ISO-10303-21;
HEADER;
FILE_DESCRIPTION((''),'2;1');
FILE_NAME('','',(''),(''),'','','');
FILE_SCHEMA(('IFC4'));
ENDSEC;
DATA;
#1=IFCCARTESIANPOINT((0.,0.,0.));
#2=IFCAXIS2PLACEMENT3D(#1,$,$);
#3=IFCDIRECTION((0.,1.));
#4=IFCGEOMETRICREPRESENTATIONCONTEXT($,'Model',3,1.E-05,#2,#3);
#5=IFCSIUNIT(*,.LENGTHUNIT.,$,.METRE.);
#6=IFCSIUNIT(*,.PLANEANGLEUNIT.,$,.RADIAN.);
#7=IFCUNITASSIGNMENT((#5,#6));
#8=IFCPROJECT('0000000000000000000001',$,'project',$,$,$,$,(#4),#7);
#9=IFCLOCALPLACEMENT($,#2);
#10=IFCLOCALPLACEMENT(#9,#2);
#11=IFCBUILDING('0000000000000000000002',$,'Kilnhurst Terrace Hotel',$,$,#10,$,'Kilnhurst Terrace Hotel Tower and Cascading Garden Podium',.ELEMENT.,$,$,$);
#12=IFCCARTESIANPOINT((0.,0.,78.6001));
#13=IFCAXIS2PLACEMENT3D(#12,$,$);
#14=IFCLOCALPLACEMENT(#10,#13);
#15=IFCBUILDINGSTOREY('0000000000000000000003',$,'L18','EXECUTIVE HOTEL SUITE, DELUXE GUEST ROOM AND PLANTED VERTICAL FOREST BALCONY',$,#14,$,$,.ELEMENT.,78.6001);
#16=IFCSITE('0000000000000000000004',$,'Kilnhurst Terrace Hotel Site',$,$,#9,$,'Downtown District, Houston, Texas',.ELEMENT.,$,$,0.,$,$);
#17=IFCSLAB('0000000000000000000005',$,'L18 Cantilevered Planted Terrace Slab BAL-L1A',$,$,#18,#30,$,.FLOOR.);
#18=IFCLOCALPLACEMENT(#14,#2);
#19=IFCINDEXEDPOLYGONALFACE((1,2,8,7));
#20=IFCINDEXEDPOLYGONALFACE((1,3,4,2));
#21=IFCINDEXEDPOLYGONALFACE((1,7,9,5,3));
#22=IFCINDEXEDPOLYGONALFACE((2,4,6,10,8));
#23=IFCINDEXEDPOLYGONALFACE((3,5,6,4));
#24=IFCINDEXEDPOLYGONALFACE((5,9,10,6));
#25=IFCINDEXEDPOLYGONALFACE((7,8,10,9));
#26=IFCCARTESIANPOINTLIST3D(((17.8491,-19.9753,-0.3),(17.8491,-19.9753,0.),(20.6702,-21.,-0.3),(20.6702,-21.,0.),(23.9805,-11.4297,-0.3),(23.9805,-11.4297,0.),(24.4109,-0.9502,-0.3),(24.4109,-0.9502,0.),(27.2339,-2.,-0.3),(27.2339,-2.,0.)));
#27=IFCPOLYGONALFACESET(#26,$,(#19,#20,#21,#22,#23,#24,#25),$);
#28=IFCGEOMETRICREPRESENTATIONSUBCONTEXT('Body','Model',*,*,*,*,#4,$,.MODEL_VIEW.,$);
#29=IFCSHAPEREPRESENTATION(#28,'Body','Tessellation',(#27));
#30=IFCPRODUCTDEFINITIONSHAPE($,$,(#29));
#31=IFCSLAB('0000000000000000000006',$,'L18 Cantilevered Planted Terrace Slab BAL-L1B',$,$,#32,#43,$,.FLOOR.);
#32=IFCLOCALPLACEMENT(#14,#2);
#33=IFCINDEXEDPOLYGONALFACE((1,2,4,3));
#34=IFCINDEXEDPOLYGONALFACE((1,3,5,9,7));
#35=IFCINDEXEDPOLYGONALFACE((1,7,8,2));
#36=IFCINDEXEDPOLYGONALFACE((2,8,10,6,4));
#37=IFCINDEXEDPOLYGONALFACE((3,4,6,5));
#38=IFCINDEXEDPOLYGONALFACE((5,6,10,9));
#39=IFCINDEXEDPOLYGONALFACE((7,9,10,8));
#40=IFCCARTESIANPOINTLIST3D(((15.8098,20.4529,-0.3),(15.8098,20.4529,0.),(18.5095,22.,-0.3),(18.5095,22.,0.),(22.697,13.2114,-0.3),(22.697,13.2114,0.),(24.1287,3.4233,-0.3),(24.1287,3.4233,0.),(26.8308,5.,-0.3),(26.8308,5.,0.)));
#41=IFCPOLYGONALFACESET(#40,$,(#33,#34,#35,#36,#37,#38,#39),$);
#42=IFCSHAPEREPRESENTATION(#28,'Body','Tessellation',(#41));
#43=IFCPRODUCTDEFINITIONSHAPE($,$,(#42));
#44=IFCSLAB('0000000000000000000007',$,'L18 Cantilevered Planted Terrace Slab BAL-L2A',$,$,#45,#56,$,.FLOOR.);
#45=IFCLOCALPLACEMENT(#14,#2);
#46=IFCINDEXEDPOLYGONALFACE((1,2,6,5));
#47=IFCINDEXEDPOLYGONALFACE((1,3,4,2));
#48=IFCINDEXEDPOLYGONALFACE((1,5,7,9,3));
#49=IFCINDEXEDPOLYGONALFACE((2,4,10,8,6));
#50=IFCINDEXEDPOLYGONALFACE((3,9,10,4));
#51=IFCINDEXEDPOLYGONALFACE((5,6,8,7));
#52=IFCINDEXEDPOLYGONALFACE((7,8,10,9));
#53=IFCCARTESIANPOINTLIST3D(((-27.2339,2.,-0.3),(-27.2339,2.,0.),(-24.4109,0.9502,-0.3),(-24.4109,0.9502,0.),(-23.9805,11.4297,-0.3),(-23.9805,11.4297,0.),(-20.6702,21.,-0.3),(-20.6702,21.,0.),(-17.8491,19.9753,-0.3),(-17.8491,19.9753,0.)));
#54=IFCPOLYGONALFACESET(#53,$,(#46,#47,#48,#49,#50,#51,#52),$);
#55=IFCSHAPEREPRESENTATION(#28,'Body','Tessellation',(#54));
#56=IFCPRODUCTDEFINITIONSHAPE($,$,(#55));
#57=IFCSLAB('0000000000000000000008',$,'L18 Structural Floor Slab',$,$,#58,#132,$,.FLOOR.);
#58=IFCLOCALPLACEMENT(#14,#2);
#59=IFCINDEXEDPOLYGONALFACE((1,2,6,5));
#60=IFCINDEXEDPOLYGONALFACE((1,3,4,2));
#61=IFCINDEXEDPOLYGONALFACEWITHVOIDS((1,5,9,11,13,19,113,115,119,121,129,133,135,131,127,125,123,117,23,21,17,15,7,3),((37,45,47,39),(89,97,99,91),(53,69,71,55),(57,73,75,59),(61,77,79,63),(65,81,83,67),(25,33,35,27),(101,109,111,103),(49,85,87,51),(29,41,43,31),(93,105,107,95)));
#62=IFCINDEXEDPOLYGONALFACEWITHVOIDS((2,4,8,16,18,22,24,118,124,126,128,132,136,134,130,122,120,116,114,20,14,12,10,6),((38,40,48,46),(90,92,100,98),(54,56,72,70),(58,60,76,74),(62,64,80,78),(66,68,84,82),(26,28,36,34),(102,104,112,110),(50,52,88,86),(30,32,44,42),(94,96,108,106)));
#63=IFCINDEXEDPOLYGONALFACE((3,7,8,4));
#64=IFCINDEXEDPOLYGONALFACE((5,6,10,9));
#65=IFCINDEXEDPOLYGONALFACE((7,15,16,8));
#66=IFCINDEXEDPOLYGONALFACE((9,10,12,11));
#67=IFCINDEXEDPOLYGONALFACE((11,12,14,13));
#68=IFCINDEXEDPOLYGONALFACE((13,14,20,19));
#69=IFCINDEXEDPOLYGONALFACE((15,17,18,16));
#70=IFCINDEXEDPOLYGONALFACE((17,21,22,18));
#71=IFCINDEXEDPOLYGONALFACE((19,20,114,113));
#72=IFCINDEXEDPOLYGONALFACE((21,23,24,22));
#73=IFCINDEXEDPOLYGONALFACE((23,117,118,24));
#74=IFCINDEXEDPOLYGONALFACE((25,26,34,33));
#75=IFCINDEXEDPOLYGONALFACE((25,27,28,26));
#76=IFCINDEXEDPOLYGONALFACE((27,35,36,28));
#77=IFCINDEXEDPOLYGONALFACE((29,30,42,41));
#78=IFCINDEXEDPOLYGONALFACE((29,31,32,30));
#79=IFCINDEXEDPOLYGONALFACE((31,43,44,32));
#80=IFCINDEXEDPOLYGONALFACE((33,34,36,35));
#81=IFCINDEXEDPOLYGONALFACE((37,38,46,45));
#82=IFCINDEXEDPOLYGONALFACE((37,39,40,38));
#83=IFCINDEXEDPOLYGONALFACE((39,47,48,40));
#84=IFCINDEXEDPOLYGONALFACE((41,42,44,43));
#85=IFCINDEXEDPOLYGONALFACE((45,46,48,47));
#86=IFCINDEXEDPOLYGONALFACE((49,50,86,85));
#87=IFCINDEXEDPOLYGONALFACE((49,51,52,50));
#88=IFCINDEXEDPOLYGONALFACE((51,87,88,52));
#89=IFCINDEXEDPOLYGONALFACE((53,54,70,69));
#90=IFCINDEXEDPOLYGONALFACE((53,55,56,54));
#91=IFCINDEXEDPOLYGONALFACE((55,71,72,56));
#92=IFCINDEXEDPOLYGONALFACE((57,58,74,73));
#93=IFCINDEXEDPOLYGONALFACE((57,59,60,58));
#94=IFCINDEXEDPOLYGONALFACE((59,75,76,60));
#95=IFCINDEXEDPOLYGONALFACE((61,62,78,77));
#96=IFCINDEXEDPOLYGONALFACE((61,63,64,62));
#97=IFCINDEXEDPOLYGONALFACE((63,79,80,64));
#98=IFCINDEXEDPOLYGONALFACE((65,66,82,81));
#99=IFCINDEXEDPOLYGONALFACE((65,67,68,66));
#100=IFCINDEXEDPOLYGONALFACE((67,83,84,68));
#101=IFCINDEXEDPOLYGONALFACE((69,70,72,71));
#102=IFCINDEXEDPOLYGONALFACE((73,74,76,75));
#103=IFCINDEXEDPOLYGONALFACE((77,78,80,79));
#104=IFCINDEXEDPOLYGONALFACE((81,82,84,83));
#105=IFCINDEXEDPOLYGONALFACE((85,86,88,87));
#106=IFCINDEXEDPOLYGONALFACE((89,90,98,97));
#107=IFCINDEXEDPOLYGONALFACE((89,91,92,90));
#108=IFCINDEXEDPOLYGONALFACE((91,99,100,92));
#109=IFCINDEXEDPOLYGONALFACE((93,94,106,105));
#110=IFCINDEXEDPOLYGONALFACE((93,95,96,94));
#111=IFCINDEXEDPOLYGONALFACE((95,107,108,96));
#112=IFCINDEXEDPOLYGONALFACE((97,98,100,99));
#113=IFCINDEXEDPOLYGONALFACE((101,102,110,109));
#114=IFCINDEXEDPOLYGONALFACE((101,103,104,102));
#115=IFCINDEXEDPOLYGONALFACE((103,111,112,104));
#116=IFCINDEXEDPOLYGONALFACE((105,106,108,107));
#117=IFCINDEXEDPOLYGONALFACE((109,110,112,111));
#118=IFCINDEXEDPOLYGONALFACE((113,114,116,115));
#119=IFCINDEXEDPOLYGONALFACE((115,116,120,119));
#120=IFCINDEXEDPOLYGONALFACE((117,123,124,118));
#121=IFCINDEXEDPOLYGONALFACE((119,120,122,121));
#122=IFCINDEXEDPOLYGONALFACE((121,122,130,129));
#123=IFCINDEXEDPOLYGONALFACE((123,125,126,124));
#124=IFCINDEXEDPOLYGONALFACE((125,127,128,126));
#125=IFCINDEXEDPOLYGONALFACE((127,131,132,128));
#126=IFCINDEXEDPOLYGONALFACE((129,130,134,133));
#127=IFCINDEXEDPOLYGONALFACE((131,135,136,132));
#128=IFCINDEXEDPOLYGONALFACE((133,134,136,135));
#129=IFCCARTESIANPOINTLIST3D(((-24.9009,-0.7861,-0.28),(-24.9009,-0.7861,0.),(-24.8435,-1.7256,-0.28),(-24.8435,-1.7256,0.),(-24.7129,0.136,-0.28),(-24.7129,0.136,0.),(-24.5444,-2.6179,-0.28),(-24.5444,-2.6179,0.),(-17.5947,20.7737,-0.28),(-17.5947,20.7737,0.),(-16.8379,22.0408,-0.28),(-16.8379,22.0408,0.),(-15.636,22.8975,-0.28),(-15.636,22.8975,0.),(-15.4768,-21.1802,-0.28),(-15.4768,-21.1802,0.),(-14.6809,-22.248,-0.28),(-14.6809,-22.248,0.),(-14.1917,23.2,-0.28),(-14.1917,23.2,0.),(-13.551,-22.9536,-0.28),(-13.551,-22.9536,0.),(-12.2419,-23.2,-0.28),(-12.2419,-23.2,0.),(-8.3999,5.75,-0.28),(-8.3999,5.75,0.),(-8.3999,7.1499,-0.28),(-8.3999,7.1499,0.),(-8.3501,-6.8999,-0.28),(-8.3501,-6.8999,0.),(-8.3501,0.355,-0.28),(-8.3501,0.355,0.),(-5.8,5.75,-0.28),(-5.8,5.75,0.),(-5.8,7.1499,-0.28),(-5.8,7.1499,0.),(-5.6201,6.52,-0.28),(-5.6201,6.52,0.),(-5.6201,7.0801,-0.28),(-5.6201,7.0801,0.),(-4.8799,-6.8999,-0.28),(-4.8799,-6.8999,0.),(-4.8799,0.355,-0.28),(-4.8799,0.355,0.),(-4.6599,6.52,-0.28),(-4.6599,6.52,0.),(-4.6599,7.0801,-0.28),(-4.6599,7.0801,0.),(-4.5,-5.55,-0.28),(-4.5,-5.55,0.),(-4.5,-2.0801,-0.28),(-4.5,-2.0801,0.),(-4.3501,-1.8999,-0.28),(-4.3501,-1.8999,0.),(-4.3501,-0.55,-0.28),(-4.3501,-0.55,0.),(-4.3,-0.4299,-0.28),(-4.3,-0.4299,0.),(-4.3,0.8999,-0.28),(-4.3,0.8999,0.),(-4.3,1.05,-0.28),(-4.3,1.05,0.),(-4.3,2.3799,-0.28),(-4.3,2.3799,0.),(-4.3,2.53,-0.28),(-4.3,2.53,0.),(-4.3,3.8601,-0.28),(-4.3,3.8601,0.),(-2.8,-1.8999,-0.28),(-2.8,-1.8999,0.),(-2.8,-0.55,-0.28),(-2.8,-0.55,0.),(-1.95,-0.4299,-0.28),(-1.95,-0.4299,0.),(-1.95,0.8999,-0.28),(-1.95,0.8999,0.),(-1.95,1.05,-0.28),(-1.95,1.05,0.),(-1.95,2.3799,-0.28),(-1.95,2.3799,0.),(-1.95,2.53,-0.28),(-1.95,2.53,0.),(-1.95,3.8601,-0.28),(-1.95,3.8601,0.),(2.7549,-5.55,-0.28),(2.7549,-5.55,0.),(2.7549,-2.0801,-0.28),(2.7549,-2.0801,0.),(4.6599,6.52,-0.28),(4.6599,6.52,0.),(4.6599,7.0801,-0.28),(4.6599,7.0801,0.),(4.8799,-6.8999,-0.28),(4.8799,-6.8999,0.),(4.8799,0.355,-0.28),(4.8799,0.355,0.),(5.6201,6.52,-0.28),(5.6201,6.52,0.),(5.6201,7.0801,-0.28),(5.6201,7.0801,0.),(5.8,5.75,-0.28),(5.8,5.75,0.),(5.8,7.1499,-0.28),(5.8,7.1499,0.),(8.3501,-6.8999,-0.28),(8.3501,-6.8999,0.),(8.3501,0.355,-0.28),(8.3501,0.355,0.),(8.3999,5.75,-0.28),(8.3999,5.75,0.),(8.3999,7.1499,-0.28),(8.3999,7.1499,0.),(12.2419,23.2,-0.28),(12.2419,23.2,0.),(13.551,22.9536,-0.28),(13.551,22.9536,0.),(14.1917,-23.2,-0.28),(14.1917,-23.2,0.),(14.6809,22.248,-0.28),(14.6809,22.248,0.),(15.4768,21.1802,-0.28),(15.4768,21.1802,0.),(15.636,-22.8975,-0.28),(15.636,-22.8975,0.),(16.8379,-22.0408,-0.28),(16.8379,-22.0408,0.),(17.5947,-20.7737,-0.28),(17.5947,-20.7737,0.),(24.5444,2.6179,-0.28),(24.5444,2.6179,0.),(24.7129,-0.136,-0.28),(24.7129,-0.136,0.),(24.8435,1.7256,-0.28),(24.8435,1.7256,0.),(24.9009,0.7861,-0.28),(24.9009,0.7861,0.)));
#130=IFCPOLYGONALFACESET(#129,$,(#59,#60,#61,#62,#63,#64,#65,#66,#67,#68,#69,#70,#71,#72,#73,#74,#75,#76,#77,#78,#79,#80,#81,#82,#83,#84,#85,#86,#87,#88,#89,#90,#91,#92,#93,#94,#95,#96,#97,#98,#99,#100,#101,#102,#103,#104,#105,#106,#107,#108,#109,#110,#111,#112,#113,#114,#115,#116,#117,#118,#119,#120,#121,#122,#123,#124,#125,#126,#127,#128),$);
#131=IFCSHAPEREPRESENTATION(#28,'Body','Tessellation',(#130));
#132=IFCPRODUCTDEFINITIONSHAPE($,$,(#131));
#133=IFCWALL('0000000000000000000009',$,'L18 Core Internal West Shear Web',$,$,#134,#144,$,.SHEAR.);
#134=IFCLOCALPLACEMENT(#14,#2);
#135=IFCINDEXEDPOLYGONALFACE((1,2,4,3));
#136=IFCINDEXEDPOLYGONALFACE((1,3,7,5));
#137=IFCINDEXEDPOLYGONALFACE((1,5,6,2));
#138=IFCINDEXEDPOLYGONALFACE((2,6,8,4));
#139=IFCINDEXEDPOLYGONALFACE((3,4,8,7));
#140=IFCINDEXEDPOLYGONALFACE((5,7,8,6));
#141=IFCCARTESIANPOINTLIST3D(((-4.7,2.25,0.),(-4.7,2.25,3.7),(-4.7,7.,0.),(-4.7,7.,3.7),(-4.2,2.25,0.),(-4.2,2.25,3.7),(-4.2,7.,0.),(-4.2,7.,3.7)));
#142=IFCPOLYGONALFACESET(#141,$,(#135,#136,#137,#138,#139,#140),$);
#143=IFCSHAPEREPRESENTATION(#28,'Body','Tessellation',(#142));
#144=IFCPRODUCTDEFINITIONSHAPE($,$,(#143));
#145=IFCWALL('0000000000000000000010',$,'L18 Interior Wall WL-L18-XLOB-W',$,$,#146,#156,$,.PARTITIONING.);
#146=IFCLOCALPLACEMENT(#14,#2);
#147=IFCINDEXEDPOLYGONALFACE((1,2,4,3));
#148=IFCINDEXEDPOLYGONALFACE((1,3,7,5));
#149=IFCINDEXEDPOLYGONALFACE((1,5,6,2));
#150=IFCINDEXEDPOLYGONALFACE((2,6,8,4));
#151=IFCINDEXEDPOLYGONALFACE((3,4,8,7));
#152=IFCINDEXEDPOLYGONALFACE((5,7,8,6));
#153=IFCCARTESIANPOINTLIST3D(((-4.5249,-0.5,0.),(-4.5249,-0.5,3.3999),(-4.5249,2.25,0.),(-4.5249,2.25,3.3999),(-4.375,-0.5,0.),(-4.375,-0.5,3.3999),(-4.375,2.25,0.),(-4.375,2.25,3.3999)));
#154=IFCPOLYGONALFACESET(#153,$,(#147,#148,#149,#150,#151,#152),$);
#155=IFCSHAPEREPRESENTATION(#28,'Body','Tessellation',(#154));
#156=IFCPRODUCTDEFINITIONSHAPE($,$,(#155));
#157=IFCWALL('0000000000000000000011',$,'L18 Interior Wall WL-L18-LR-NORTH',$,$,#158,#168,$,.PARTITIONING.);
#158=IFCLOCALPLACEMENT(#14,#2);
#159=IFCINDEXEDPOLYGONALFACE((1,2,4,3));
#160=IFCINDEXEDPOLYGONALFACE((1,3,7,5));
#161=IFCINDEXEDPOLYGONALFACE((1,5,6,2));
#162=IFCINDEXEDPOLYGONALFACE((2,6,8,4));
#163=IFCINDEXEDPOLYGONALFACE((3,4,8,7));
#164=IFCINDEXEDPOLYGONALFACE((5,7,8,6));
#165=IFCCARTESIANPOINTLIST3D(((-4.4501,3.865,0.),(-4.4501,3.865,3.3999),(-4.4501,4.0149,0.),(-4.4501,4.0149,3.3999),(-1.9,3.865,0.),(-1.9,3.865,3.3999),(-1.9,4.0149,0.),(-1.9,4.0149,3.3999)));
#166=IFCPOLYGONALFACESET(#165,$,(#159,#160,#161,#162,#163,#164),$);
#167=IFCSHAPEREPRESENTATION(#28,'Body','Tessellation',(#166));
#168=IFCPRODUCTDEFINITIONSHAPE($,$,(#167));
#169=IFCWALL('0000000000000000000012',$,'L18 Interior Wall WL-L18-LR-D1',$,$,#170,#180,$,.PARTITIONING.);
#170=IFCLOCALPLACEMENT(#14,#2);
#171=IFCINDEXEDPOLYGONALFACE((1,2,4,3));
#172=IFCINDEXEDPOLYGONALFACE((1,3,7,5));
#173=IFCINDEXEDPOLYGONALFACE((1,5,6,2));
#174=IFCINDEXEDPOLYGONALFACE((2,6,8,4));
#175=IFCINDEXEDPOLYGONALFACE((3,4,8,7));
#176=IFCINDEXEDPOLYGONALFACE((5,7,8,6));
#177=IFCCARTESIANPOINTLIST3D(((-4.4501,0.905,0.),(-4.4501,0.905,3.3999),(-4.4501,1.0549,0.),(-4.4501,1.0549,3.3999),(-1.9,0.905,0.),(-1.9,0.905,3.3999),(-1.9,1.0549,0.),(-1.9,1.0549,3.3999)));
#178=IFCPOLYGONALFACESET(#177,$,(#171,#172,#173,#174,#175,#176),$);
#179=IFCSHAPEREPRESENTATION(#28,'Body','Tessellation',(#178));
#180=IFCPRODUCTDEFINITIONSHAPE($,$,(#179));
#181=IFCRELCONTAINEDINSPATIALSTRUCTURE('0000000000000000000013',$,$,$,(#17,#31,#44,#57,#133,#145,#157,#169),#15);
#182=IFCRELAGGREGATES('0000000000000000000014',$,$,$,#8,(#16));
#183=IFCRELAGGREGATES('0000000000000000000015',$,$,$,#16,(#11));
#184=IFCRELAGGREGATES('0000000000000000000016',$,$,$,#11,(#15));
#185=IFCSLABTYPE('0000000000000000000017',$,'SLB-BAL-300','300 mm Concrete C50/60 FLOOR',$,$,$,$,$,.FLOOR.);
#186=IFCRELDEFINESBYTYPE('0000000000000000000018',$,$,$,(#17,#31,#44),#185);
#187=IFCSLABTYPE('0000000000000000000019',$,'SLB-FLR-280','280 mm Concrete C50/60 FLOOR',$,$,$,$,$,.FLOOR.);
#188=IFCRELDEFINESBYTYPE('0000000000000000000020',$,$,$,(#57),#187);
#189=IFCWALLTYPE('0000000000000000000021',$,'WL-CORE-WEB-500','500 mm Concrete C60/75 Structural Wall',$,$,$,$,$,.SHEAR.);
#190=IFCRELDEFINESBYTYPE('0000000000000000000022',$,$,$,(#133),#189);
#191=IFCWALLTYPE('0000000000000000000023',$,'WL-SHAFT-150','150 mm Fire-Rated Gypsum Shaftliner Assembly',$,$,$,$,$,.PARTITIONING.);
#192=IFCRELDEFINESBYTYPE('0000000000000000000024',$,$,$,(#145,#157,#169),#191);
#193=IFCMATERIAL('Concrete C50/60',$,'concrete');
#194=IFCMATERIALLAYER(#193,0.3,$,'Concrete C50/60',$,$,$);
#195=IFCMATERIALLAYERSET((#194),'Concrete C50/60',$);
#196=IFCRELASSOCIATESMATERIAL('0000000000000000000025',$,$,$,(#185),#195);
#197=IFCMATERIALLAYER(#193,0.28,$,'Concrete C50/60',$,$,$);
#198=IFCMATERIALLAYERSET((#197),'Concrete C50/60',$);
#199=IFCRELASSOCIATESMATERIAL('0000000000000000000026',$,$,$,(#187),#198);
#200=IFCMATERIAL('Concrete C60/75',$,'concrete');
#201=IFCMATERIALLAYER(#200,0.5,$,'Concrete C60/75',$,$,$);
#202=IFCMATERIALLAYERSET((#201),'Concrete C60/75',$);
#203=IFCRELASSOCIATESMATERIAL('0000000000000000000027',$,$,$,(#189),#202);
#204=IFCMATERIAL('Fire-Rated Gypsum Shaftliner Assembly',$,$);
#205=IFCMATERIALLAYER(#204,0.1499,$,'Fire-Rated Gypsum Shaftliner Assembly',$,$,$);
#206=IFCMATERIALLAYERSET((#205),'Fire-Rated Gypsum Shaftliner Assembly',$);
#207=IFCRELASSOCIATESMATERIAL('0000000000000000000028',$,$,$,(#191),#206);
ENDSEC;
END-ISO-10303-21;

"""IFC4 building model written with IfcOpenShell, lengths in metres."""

from ifc_helpers import new_model, si_unit, direction, frame, frame_2d, origin, place, context, subcontext, project, spatial, polyline, rectangle, outline, extrude, material, layer, layer_set, type_object, element, save


model = new_model("IFC4")

# Units and contexts
model_context = context("Model", 3, precision=1e-05, world=origin(), true_north=direction((0.0, 1.0)))
body_context = subcontext(model_context, "Body", "Model", "MODEL_VIEW")
ifc_project = project(units=[si_unit("LENGTHUNIT", "METRE"), si_unit("PLANEANGLEUNIT", "RADIAN")], contexts=[model_context])

# Site, building, storey
site_placement = place(None, origin())
site = spatial("IfcSite", under=ifc_project, at=site_placement, Name="Kilnhurst Terrace Hotel Site", LongName="Downtown District, Houston, Texas", CompositionType="ELEMENT", RefElevation=0.0)
building_placement = place(site_placement, origin())
building = spatial("IfcBuilding", under=site, at=building_placement, Name="Kilnhurst Terrace Hotel", LongName="Kilnhurst Terrace Hotel Tower and Cascading Garden Podium", CompositionType="ELEMENT")
storey_placement = place(building_placement, frame((0.0, 0.0, 78.6001)))
storey = spatial("IfcBuildingStorey", under=building, at=storey_placement, Name="L18", Description="EXECUTIVE HOTEL SUITE, DELUXE GUEST ROOM AND PLANTED VERTICAL FOREST BALCONY", CompositionType="ELEMENT", Elevation=78.6001)

# Slabs
ifc_material_1 = material(Name="Concrete C50/60", Category="concrete")
ifc_layer_1 = layer(ifc_material_1, 0.3, Name="Concrete C50/60")
ifc_layer_set_1 = layer_set([ifc_layer_1], Name="Concrete C50/60")
slab_type_1 = type_object("IfcSlabType", Name="SLB-BAL-300", Description="300 mm Concrete C50/60 FLOOR", PredefinedType="FLOOR", material=ifc_layer_set_1)
slab_1_placement = place(storey_placement, frame((0.0, 0.0, -0.3)))
element("IfcSlab", 1, at=slab_1_placement, inside=storey, type_object=slab_type_1, Name="L18 Cantilevered Planted Terrace Slab BAL-L1A", PredefinedType="FLOOR", context=body_context, shape_type="SweptSolid", body=[
    extrude(outline(polyline([(23.9805, -11.4297), (20.6702, -21.0), (17.8491, -19.9753), (24.4109, -0.9502), (27.2339, -2.0), (23.9805, -11.4297)])), origin(), (0.0, 0.0, 1.0), 0.3),
])
slab_2_placement = place(storey_placement, frame((0.0, 0.0, -0.3)))
element("IfcSlab", 2, at=slab_2_placement, inside=storey, type_object=slab_type_1, Name="L18 Cantilevered Planted Terrace Slab BAL-L1B", PredefinedType="FLOOR", context=body_context, shape_type="SweptSolid", body=[
    extrude(outline(polyline([(26.8308, 5.0), (24.1287, 3.4233), (15.8098, 20.4529), (18.5095, 22.0), (22.697, 13.2114), (26.8308, 5.0)])), origin(), (0.0, 0.0, 1.0), 0.3),
])
slab_3_placement = place(storey_placement, frame((0.0, 0.0, -0.3)))
element("IfcSlab", 3, at=slab_3_placement, inside=storey, type_object=slab_type_1, Name="L18 Cantilevered Planted Terrace Slab BAL-L2A", PredefinedType="FLOOR", context=body_context, shape_type="SweptSolid", body=[
    extrude(outline(polyline([(-20.6702, 21.0), (-17.8491, 19.9753), (-24.4109, 0.9502), (-27.2339, 2.0), (-23.9805, 11.4297), (-20.6702, 21.0)])), origin(), (0.0, 0.0, 1.0), 0.3),
])
ifc_layer_2 = layer(ifc_material_1, 0.28, Name="Concrete C50/60")
ifc_layer_set_2 = layer_set([ifc_layer_2], Name="Concrete C50/60")
slab_type_2 = type_object("IfcSlabType", Name="SLB-FLR-280", Description="280 mm Concrete C50/60 FLOOR", PredefinedType="FLOOR", material=ifc_layer_set_2)
slab_4_placement = place(storey_placement, frame((0.0, 0.0, -0.28)))
element("IfcSlab", 4, at=slab_4_placement, inside=storey, type_object=slab_type_2, Name="L18 Structural Floor Slab", PredefinedType="FLOOR", context=body_context, shape_type="SweptSolid", body=[
    extrude(outline(polyline([(-15.4768, -21.1802), (-14.6809, -22.248), (-13.551, -22.9536), (-12.2419, -23.2), (14.1917, -23.2), (15.636, -22.8975), (16.8379, -22.0408), (17.5947, -20.7737), (24.7129, -0.136), (24.9009, 0.7861), (24.8435, 1.7256), (24.5444, 2.6179), (15.4768, 21.1802), (14.6809, 22.248), (13.551, 22.9536), (12.2419, 23.2), (-14.1917, 23.2), (-15.636, 22.8975), (-16.8379, 22.0408), (-17.5947, 20.7737), (-24.7129, 0.136), (-24.9009, -0.7861), (-24.8435, -1.7256), (-24.5444, -2.6179), (-15.4768, -21.1802)]), holes=[polyline([(-8.3501, 0.355), (-4.8799, 0.355), (-4.8799, -6.8999), (-8.3501, -6.8999), (-8.3501, 0.355)]), polyline([(-2.8, -1.8999), (-4.3501, -1.8999), (-4.3501, -0.55), (-2.8, -0.55), (-2.8, -1.8999)]), polyline([(-1.95, -0.4299), (-4.3, -0.4299), (-4.3, 0.8999), (-1.95, 0.8999), (-1.95, -0.4299)]), polyline([(-4.3, 1.05), (-4.3, 2.3799), (-1.95, 2.3799), (-1.95, 1.05), (-4.3, 1.05)]), polyline([(-8.3999, 5.75), (-8.3999, 7.1499), (-5.8, 7.1499), (-5.8, 5.75), (-8.3999, 5.75)]), polyline([(-4.6599, 6.52), (-5.6201, 6.52), (-5.6201, 7.0801), (-4.6599, 7.0801), (-4.6599, 6.52)]), polyline([(2.7549, -5.55), (-4.5, -5.55), (-4.5, -2.0801), (2.7549, -2.0801), (2.7549, -5.55)]), polyline([(8.3501, 0.355), (8.3501, -6.8999), (4.8799, -6.8999), (4.8799, 0.355), (8.3501, 0.355)]), polyline([(-1.95, 2.53), (-4.3, 2.53), (-4.3, 3.8601), (-1.95, 3.8601), (-1.95, 2.53)]), polyline([(5.8, 5.75), (5.8, 7.1499), (8.3999, 7.1499), (8.3999, 5.75), (5.8, 5.75)]), polyline([(4.6599, 6.52), (4.6599, 7.0801), (5.6201, 7.0801), (5.6201, 6.52), (4.6599, 6.52)])]), origin(), (0.0, 0.0, 1.0), 0.28),
])

# Walls
ifc_material_2 = material(Name="Concrete C60/75", Category="concrete")
ifc_layer_3 = layer(ifc_material_2, 0.5, Name="Concrete C60/75")
ifc_layer_set_3 = layer_set([ifc_layer_3], Name="Concrete C60/75")
wall_type_1 = type_object("IfcWallType", Name="WL-CORE-WEB-500", Description="500 mm Concrete C60/75 Structural Wall", PredefinedType="SHEAR", material=ifc_layer_set_3)
wall_1_placement = place(storey_placement, frame((-4.45, 2.25, 0.0), z_axis=(0.0, 0.0, 1.0), x_axis=(0.0, 1.0, 0.0)))
element("IfcWall", 5, at=wall_1_placement, inside=storey, type_object=wall_type_1, Name="L18 Core Internal West Shear Web", PredefinedType="SHEAR", context=body_context, shape_type="SweptSolid", body=[
    extrude(rectangle(XDim=4.75, YDim=0.5, at=frame_2d((2.375, 0.0))), origin(), (0.0, 0.0, 1.0), 3.7),
])
ifc_material_3 = material(Name="Fire-Rated Gypsum Shaftliner Assembly")
ifc_layer_4 = layer(ifc_material_3, 0.1499, Name="Fire-Rated Gypsum Shaftliner Assembly")
ifc_layer_set_4 = layer_set([ifc_layer_4], Name="Fire-Rated Gypsum Shaftliner Assembly")
wall_type_2 = type_object("IfcWallType", Name="WL-SHAFT-150", Description="150 mm Fire-Rated Gypsum Shaftliner Assembly", PredefinedType="PARTITIONING", material=ifc_layer_set_4)
wall_2_placement = place(storey_placement, frame((-4.45, -0.5, 0.0), z_axis=(0.0, 0.0, 1.0), x_axis=(0.0, 1.0, 0.0)))
element("IfcWall", 6, at=wall_2_placement, inside=storey, type_object=wall_type_2, Name="L18 Interior Wall WL-L18-XLOB-W", PredefinedType="PARTITIONING", context=body_context, shape_type="SweptSolid", body=[
    extrude(rectangle(XDim=2.75, YDim=0.1499, at=frame_2d((1.375, 0.0))), origin(), (0.0, 0.0, 1.0), 3.3999),
])
for number, where, z_axis, x_axis, name in (
    (7, (-4.45, 3.9399, 0.0), (0.0, 0.0, 1.0), (1.0, 0.0, 0.0), "L18 Interior Wall WL-L18-LR-NORTH"),
    (8, (-4.45, 0.98, 0.0), (0.0, 0.0, 1.0), (1.0, 0.0, 0.0), "L18 Interior Wall WL-L18-LR-D1"),
):
    element("IfcWall", number, at=place(storey_placement, frame(where, z_axis=z_axis, x_axis=x_axis)), inside=storey, type_object=wall_type_2, Name=name, PredefinedType="PARTITIONING", context=body_context, shape_type="SweptSolid", body=[
        extrude(rectangle(XDim=2.55, YDim=0.1499, at=frame_2d((1.2749, 0.0))), origin(), (0.0, 0.0, 1.0), 3.3999),
    ])

save(model, "model.ifc")
